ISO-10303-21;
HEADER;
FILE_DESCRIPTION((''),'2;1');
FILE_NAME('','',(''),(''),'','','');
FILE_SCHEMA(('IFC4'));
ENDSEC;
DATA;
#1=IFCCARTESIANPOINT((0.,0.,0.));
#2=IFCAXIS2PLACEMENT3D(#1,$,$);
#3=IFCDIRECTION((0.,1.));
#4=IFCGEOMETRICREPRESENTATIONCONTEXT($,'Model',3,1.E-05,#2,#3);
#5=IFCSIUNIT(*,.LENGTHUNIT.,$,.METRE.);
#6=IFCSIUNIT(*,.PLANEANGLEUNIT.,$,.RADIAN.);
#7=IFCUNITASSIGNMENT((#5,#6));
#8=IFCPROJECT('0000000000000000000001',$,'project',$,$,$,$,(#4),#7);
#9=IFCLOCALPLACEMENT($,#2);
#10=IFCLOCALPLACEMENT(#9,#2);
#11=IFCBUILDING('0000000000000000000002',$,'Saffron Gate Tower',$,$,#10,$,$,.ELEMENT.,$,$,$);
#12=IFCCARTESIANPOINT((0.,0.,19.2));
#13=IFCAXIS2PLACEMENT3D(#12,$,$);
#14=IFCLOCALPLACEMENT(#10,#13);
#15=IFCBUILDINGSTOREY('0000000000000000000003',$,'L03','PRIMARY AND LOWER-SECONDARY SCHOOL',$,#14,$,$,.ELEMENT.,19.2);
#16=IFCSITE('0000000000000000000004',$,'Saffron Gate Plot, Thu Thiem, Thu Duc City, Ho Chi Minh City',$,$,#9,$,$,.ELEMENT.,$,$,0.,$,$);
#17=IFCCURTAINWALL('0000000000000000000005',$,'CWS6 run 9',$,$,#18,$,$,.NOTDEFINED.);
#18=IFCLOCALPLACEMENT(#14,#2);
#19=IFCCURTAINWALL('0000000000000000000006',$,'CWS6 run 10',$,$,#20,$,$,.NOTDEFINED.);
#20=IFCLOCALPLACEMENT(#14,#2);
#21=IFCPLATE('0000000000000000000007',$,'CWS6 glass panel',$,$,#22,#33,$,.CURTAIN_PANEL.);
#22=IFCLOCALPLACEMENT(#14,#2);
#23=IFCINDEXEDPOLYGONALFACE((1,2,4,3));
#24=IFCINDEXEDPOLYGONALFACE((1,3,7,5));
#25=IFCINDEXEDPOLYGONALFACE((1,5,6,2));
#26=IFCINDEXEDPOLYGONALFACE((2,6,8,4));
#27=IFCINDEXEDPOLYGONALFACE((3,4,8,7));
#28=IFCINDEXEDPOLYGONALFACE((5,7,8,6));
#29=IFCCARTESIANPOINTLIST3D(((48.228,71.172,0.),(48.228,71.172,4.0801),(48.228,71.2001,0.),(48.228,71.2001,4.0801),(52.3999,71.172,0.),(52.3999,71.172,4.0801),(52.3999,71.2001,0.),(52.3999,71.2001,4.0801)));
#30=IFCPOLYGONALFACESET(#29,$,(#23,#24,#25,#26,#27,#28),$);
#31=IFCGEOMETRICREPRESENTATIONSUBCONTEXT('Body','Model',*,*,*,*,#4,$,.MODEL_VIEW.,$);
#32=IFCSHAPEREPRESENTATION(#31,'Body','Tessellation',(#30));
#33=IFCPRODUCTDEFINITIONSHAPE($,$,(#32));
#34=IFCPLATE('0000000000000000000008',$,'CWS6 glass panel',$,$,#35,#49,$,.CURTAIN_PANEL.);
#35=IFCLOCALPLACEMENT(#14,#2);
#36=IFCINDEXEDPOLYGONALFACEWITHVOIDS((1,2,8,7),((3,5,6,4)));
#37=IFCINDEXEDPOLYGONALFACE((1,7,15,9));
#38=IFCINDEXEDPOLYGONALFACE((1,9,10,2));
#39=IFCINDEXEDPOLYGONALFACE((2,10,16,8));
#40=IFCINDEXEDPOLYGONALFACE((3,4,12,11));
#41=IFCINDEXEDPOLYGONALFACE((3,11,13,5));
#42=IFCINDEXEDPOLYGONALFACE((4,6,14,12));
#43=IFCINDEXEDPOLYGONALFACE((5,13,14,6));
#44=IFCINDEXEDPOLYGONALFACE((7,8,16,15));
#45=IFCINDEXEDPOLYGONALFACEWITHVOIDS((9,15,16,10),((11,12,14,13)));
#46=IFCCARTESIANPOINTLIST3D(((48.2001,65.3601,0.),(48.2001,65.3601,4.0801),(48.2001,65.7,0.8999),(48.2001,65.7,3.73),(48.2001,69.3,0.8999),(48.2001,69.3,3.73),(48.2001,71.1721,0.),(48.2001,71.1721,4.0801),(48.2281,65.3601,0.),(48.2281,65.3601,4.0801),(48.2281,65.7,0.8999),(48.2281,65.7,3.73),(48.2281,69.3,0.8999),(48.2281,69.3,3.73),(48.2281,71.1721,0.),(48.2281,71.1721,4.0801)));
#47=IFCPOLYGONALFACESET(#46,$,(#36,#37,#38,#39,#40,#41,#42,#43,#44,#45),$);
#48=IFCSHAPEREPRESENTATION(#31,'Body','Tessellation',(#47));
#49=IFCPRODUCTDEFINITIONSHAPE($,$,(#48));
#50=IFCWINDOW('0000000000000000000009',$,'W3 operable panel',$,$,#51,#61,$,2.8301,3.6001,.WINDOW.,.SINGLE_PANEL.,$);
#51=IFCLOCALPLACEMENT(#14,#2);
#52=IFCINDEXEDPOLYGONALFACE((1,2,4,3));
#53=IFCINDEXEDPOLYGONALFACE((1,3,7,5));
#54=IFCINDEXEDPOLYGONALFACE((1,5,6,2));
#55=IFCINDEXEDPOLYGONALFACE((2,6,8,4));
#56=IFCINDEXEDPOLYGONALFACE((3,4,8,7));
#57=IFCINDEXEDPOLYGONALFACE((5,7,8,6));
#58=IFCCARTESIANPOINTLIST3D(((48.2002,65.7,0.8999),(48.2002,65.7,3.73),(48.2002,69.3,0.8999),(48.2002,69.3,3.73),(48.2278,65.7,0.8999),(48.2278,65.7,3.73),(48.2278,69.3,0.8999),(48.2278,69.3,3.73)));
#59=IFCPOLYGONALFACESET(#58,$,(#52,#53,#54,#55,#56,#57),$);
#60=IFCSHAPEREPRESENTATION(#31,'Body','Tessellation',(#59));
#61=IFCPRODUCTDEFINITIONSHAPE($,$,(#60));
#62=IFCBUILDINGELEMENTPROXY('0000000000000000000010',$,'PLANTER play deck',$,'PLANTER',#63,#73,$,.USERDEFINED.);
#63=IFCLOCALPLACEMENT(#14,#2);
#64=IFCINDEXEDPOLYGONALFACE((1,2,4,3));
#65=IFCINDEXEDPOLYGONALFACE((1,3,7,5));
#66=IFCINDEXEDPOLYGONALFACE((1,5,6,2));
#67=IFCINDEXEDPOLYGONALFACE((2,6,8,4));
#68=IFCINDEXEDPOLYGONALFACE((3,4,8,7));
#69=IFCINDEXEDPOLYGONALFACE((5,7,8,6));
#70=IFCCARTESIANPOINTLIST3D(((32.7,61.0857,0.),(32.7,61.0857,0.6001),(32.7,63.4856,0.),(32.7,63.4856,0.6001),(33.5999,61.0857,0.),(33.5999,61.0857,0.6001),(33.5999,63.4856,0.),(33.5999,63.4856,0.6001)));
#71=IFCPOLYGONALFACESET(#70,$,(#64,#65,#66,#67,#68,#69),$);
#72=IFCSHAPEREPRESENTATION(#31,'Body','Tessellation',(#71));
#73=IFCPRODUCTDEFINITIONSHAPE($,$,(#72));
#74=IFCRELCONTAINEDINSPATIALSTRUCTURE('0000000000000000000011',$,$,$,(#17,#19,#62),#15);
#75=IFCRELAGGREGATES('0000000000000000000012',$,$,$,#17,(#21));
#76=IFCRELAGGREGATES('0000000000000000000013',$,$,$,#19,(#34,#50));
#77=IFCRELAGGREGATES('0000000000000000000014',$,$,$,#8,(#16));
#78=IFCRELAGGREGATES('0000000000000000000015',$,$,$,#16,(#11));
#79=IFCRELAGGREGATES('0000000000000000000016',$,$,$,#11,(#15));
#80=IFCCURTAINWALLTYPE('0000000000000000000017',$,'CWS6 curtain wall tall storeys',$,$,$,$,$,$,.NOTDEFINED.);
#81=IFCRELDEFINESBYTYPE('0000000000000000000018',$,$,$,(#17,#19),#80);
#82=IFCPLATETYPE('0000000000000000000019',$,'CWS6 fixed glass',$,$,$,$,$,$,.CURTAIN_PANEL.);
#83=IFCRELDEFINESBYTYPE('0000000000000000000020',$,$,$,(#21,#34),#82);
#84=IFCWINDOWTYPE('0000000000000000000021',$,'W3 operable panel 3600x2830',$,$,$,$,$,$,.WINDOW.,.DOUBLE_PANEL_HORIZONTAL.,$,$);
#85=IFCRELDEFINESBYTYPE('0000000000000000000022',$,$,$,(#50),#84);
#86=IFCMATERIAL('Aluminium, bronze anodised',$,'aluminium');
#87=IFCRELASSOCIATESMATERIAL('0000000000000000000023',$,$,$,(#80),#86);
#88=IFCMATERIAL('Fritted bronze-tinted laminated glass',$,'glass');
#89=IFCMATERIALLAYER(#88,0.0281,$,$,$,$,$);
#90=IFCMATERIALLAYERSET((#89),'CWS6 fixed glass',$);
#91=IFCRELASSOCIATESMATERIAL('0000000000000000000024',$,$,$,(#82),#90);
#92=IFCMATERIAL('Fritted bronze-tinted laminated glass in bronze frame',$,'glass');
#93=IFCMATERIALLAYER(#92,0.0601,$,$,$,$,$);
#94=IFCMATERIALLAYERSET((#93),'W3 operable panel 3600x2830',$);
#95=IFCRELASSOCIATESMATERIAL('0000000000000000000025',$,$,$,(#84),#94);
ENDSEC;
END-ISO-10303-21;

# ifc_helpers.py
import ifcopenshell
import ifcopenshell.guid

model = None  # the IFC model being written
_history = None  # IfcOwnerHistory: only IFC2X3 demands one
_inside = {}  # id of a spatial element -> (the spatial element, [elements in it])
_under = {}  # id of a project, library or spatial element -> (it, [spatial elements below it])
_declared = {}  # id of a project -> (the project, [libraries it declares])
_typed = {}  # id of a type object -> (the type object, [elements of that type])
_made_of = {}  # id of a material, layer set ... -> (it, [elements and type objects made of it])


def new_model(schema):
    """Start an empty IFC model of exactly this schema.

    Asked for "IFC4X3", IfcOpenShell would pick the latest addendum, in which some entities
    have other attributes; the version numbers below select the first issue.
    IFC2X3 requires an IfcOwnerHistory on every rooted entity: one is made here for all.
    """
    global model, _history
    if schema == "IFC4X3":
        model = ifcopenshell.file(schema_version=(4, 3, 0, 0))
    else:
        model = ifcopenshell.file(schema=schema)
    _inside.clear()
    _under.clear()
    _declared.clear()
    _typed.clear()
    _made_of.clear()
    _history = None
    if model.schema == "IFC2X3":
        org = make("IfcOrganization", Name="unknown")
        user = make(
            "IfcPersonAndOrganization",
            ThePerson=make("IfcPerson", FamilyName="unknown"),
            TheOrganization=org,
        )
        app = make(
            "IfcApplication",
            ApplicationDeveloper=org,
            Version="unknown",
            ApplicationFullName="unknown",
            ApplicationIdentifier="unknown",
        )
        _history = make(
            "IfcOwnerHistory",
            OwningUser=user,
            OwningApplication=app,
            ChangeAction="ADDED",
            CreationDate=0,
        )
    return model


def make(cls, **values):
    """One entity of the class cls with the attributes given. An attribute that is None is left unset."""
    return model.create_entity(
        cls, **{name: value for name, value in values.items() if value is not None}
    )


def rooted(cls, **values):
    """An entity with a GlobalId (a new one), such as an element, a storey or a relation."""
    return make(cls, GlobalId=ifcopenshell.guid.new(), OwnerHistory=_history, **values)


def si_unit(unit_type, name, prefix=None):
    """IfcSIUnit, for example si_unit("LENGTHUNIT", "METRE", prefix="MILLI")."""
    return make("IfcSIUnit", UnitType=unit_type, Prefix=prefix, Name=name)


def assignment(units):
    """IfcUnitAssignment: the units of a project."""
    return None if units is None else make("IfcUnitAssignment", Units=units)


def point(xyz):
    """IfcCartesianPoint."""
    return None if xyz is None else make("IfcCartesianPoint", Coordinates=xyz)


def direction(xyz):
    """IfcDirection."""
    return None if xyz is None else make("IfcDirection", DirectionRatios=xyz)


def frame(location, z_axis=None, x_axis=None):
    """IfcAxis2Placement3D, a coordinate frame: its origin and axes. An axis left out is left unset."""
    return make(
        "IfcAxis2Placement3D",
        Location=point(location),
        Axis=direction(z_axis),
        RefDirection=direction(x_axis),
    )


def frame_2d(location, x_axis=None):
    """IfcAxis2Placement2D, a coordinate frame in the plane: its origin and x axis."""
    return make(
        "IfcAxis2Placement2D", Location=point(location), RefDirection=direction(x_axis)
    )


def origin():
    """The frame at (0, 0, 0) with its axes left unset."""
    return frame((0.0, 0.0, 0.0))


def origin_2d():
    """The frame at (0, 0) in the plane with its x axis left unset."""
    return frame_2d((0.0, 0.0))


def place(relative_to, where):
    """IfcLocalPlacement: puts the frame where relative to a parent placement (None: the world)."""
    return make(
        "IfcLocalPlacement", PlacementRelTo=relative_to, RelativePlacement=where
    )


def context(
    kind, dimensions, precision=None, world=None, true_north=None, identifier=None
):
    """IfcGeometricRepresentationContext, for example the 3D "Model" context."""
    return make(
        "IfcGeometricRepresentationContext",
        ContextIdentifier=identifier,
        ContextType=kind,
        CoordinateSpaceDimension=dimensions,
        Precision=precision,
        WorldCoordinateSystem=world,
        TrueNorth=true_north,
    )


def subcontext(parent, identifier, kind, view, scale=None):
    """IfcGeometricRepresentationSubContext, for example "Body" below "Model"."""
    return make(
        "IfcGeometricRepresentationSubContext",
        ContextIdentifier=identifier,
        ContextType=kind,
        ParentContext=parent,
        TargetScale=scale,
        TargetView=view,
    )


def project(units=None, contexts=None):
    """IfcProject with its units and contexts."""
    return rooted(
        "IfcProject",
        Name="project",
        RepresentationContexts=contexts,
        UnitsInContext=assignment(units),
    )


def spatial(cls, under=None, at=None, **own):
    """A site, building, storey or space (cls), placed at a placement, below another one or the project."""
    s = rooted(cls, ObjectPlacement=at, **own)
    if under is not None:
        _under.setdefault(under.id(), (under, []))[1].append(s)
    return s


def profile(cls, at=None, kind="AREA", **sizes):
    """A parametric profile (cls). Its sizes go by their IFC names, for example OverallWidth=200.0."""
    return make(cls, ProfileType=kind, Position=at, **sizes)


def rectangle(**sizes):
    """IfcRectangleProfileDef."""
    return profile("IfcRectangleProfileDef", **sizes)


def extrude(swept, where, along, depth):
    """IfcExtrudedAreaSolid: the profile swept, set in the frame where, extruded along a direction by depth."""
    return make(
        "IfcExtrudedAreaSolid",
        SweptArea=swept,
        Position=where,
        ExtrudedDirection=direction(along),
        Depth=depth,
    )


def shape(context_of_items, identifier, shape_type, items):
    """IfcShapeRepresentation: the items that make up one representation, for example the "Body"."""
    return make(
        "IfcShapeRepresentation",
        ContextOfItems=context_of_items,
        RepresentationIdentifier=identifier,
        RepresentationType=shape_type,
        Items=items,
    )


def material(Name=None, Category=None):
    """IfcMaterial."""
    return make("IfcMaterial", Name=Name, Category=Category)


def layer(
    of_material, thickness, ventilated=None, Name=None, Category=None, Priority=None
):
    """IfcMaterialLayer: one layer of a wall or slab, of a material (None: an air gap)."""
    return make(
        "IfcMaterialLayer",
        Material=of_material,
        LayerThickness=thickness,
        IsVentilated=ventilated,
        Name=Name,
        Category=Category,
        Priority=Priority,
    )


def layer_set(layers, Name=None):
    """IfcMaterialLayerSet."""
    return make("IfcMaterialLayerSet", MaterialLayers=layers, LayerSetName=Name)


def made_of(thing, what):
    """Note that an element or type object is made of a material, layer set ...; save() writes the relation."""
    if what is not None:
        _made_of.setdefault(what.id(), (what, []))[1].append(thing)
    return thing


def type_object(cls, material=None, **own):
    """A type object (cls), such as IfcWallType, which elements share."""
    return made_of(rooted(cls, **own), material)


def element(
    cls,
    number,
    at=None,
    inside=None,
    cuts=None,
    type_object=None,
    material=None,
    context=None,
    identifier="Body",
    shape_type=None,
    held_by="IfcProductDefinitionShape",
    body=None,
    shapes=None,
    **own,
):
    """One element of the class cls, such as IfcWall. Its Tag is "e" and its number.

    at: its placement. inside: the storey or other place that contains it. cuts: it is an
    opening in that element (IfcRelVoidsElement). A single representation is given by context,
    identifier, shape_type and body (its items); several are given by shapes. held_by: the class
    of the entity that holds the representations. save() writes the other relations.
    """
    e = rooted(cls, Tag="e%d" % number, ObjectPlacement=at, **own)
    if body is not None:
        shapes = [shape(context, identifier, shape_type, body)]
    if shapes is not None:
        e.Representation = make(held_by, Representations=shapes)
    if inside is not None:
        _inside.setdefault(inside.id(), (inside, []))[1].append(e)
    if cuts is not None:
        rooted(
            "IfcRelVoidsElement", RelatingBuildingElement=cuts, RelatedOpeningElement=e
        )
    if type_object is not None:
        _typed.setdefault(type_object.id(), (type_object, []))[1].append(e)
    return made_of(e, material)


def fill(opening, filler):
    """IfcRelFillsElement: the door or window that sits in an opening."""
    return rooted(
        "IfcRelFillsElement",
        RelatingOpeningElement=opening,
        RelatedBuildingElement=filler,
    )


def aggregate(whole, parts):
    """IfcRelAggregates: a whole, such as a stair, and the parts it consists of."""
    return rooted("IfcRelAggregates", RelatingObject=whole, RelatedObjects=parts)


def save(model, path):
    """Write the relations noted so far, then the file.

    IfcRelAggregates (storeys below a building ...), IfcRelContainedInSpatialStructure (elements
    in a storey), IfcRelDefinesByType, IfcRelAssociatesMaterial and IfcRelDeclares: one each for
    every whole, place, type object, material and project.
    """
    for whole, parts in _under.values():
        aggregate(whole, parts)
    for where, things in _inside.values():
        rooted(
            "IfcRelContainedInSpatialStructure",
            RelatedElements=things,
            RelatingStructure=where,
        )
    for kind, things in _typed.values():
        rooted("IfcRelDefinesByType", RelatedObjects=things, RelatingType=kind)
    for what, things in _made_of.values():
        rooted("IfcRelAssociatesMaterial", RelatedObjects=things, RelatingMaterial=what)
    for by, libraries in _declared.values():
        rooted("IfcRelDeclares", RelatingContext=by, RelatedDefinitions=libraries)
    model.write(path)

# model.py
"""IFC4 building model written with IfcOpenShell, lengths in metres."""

from ifc_helpers import new_model, si_unit, direction, frame, frame_2d, origin, origin_2d, place, context, subcontext, project, spatial, rectangle, extrude, material, layer, layer_set, type_object, element, fill, aggregate, save


model = new_model("IFC4")

# Units and contexts
model_context = context("Model", 3, precision=1e-05, world=origin(), true_north=direction((0.0, 1.0)))
body_context = subcontext(model_context, "Body", "Model", "MODEL_VIEW")
ifc_project = project(units=[si_unit("LENGTHUNIT", "METRE"), si_unit("PLANEANGLEUNIT", "RADIAN")], contexts=[model_context])

# Site, building, storey
site_placement = place(None, origin())
site = spatial("IfcSite", under=ifc_project, at=site_placement, Name="Saffron Gate Plot, Thu Thiem, Thu Duc City, Ho Chi Minh City", CompositionType="ELEMENT", RefElevation=0.0)
building_placement = place(site_placement, origin())
building = spatial("IfcBuilding", under=site, at=building_placement, Name="Saffron Gate Tower", CompositionType="ELEMENT")
storey_placement = place(building_placement, frame((0.0, 0.0, 19.2)))
storey = spatial("IfcBuildingStorey", under=building, at=storey_placement, Name="L03", Description="PRIMARY AND LOWER-SECONDARY SCHOOL", CompositionType="ELEMENT", Elevation=19.2)

# Curtain wall
ifc_material_1 = material(Name="Aluminium, bronze anodised", Category="aluminium")
curtain_wall_type = type_object("IfcCurtainWallType", Name="CWS6 curtain wall tall storeys", PredefinedType="NOTDEFINED", material=ifc_material_1)
curtain_wall_1_placement = place(storey_placement, origin())
curtain_wall_1 = element("IfcCurtainWall", 1, at=curtain_wall_1_placement, inside=storey, type_object=curtain_wall_type, Name="CWS6 run 9", PredefinedType="NOTDEFINED")

# Curtain wall
curtain_wall_2_placement = place(storey_placement, origin())
curtain_wall_2 = element("IfcCurtainWall", 2, at=curtain_wall_2_placement, inside=storey, type_object=curtain_wall_type, Name="CWS6 run 10", PredefinedType="NOTDEFINED")

# Plate
ifc_material_2 = material(Name="Fritted bronze-tinted laminated glass", Category="glass")
ifc_layer_1 = layer(ifc_material_2, 0.0281)
ifc_layer_set_1 = layer_set([ifc_layer_1], Name="CWS6 fixed glass")
plate_type = type_object("IfcPlateType", Name="CWS6 fixed glass", PredefinedType="CURTAIN_PANEL", material=ifc_layer_set_1)
plate_1_placement = place(storey_placement, frame((52.3999, 71.186, 0.0), z_axis=(0.0, 0.0, 1.0), x_axis=(-1.0, 0.0, 0.0)))
plate_1 = element("IfcPlate", 3, at=plate_1_placement, type_object=plate_type, Name="CWS6 glass panel", PredefinedType="CURTAIN_PANEL", context=body_context, shape_type="SweptSolid", body=[
    extrude(rectangle(XDim=4.1719, YDim=0.0281, at=frame_2d((2.0859, 0.0))), origin(), (0.0, 0.0, 1.0), 4.0801),
])
aggregate(curtain_wall_1, [plate_1])

# Plate, opening, window
plate_2_placement = place(storey_placement, frame((48.2141, 71.1721, 0.0), z_axis=(0.0, 0.0, 1.0), x_axis=(0.0, -1.0, 0.0)))
plate_2 = element("IfcPlate", 4, at=plate_2_placement, type_object=plate_type, Name="CWS6 glass panel", PredefinedType="CURTAIN_PANEL", context=body_context, shape_type="SweptSolid", body=[
    extrude(rectangle(XDim=5.812, YDim=0.0281, at=frame_2d((2.906, 0.0))), origin(), (0.0, 0.0, 1.0), 4.0801),
])
opening_placement = place(plate_2_placement, frame((1.8721, 0.0, 0.8999)))
opening = element("IfcOpeningElement", 5, at=opening_placement, cuts=plate_2, PredefinedType="OPENING", context=body_context, shape_type="SweptSolid", body=[
    extrude(rectangle(XDim=3.6001, YDim=2.8301, at=frame_2d((1.8, 1.415))), frame((0.0, 0.0239, 0.0), z_axis=(0.0, -1.0, 0.0), x_axis=(1.0, 0.0, 0.0)), (0.0, 0.0, 1.0), 0.0481),
])
ifc_material_3 = material(Name="Fritted bronze-tinted laminated glass in bronze frame", Category="glass")
ifc_layer_2 = layer(ifc_material_3, 0.0601)
ifc_layer_set_2 = layer_set([ifc_layer_2], Name="W3 operable panel 3600x2830")
window_type = type_object("IfcWindowType", Name="W3 operable panel 3600x2830", PartitioningType="DOUBLE_PANEL_HORIZONTAL", PredefinedType="WINDOW", material=ifc_layer_set_2)
window_placement = place(opening_placement, origin())
window = element("IfcWindow", 6, at=window_placement, type_object=window_type, Name="W3 operable panel", OverallHeight=2.8301, OverallWidth=3.6001, PartitioningType="SINGLE_PANEL", PredefinedType="WINDOW", context=body_context, shape_type="SweptSolid", body=[
    extrude(rectangle(XDim=3.6001, YDim=2.8301, at=frame_2d((1.8, 1.415))), frame((0.0, 0.0137, 0.0), z_axis=(0.0, -1.0, 0.0), x_axis=(1.0, 0.0, 0.0)), (0.0, 0.0, 1.0), 0.0276),
])
fill(opening, window)
aggregate(curtain_wall_2, [plate_2, window])

# Building element proxy
proxy_placement = place(storey_placement, frame((33.1499, 62.2856, 0.0), z_axis=(0.0, 0.0, 1.0), x_axis=(0.0, 1.0, 0.0)))
element("IfcBuildingElementProxy", 7, at=proxy_placement, inside=storey, Name="PLANTER play deck", ObjectType="PLANTER", PredefinedType="USERDEFINED", context=body_context, shape_type="SweptSolid", body=[
    extrude(rectangle(XDim=2.3999, YDim=0.8999, at=origin_2d()), origin(), (0.0, 0.0, 1.0), 0.6001),
])

save(model, "model.ifc")
